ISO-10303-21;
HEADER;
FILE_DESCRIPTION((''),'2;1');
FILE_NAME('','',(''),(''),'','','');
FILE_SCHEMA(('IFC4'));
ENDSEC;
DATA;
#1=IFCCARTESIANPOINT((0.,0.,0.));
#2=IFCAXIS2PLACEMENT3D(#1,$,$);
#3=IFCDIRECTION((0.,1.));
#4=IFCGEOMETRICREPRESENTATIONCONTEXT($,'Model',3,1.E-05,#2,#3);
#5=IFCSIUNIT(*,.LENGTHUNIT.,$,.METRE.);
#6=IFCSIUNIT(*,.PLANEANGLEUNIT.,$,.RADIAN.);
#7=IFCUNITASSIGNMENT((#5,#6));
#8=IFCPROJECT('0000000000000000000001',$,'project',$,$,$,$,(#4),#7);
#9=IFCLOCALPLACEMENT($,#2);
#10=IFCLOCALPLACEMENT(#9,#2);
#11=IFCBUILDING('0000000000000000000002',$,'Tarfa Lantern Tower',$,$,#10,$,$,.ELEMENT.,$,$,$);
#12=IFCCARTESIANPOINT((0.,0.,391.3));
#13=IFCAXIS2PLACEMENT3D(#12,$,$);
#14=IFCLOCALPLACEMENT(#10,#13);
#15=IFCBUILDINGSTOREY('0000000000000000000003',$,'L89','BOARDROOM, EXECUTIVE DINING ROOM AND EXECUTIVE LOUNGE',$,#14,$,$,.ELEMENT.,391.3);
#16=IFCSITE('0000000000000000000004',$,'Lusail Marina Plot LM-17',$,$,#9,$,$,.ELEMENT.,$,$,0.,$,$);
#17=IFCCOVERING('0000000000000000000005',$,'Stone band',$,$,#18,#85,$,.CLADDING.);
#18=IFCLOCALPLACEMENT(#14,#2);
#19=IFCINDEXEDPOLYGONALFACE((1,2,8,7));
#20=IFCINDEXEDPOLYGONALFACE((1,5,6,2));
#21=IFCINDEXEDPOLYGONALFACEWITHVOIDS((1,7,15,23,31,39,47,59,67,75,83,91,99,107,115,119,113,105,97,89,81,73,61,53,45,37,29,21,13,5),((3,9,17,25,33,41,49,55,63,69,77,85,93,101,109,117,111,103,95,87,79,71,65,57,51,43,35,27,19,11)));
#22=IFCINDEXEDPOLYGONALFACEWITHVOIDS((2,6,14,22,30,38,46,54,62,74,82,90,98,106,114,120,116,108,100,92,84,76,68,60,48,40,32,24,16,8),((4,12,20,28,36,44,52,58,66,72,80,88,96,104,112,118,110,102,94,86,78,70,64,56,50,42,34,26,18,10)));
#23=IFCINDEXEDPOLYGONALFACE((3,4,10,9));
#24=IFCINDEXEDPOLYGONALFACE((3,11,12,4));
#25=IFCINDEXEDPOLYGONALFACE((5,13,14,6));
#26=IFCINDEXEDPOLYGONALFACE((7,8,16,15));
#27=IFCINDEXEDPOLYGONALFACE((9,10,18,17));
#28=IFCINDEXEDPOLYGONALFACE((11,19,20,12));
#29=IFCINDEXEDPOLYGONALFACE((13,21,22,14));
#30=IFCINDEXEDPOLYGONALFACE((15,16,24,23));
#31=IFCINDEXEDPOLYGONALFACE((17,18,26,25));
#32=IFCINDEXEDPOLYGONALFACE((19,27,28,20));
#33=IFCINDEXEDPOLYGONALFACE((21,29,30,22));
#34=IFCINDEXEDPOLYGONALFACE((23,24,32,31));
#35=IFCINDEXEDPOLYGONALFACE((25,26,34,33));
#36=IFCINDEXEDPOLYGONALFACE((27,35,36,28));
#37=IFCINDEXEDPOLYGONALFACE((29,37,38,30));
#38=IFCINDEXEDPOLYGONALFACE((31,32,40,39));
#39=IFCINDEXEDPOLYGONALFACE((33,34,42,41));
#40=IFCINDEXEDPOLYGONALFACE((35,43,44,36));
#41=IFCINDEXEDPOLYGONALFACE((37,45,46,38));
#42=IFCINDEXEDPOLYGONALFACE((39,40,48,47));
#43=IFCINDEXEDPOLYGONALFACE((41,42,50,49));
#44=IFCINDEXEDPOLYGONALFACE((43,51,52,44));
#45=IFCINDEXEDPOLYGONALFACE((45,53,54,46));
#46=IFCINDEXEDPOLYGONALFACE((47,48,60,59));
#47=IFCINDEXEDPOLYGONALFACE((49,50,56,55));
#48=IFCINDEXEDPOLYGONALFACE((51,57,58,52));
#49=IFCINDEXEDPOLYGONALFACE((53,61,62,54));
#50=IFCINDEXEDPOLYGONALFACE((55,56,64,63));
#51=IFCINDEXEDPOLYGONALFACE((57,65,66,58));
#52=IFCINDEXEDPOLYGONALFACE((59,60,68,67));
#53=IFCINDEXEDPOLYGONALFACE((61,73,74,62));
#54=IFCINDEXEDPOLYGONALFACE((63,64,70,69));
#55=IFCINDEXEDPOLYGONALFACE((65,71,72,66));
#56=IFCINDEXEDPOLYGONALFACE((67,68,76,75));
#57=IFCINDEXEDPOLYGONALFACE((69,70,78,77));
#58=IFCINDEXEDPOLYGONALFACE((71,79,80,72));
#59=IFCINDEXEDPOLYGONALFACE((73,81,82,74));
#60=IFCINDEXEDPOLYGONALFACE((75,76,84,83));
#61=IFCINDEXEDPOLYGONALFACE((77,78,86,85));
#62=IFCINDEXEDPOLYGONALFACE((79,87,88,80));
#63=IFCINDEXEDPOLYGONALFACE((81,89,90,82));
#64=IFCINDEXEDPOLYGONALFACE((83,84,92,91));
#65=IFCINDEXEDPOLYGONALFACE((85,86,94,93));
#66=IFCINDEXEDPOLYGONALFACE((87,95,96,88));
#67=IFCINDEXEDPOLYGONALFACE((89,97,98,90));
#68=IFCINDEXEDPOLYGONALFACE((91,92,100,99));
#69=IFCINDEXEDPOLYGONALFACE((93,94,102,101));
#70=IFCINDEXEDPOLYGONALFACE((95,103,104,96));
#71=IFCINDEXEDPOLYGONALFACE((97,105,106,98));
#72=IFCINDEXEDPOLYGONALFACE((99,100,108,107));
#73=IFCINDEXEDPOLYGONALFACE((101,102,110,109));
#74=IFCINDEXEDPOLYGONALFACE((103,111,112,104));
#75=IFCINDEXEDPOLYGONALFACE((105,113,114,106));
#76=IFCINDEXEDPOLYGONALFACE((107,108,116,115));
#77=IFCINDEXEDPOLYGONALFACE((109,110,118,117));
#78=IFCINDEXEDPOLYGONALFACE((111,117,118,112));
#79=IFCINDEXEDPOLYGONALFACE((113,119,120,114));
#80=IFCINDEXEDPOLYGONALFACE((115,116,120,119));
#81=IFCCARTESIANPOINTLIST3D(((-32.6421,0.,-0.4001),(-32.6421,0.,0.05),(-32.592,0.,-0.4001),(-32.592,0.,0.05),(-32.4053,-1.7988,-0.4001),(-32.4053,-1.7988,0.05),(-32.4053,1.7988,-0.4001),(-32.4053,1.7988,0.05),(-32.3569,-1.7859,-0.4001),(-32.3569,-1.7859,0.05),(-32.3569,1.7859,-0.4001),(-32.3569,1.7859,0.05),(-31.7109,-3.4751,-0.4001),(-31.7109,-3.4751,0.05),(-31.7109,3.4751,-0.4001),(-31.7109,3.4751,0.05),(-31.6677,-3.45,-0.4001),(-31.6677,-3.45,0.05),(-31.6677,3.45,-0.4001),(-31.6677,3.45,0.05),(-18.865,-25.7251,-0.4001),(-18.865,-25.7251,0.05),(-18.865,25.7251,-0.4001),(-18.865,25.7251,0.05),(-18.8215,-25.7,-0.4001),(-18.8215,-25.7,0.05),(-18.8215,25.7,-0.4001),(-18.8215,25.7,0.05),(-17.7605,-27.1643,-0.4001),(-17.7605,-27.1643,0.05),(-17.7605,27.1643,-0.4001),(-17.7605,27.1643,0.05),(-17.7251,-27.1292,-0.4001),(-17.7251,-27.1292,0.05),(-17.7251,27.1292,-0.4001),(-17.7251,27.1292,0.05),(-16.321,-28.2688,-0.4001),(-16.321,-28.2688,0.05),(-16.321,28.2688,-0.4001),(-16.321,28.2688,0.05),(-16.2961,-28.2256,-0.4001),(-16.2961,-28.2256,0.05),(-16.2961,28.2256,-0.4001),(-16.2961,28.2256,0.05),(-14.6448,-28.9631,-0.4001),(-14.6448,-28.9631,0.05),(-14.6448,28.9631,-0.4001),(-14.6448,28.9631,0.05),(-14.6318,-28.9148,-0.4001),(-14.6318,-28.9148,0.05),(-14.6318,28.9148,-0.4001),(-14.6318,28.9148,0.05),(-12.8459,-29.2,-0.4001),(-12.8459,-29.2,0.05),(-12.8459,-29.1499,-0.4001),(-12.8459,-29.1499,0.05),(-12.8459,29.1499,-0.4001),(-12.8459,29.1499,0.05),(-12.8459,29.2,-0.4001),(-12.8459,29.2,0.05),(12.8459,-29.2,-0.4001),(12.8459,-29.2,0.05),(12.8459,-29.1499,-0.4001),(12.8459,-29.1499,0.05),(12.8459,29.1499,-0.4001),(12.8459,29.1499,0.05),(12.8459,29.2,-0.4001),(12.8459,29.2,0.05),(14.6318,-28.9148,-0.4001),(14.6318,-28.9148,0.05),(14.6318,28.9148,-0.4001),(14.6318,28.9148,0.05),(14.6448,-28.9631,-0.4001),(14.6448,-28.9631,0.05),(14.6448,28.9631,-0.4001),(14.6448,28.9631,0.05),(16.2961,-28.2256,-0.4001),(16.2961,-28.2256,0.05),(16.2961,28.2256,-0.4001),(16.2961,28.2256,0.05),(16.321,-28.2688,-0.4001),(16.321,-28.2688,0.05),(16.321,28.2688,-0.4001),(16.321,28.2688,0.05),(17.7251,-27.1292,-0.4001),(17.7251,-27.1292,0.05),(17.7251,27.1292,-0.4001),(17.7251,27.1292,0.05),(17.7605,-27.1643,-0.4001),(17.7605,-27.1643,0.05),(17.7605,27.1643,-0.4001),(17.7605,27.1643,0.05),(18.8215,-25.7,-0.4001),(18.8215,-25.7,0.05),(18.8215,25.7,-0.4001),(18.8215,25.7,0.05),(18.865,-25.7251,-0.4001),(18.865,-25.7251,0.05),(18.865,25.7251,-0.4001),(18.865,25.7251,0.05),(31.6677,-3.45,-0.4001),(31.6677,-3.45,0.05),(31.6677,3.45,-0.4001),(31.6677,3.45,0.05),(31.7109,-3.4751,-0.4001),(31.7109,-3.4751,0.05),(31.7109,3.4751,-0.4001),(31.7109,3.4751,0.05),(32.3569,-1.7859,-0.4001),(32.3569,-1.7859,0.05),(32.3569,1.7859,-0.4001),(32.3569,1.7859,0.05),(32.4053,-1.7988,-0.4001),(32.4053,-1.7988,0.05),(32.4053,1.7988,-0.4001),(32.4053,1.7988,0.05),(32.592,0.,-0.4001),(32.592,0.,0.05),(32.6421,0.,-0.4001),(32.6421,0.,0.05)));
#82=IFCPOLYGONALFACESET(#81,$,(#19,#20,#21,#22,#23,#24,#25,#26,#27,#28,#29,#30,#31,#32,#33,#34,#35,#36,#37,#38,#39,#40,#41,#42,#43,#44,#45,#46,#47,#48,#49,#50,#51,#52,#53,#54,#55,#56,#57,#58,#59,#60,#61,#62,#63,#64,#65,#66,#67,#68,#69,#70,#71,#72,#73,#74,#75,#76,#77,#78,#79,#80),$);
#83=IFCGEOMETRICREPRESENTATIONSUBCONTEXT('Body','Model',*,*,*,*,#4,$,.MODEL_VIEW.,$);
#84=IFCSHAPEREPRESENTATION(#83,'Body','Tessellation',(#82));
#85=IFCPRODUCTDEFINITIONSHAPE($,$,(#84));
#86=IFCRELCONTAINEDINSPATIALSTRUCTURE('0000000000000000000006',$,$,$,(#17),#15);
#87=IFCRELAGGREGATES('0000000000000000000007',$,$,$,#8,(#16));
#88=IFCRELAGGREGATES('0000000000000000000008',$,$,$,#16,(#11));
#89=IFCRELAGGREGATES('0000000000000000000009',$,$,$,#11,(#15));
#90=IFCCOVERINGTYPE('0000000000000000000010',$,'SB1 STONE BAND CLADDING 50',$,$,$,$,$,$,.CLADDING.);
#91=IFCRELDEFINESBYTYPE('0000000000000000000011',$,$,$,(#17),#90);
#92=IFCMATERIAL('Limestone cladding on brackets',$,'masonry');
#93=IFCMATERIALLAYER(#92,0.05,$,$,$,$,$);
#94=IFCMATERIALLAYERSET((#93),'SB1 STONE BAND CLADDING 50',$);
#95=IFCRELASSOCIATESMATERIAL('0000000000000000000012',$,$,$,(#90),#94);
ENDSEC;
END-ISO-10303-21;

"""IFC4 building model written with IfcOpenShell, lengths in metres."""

from ifc_helpers import new_model, si_unit, direction, frame, origin, place, context, subcontext, project, spatial, polyline, outline, extrude, material, layer, layer_set, type_object, element, save


model = new_model("IFC4")

# Units and contexts
model_context = context("Model", 3, precision=1e-05, world=origin(), true_north=direction((0.0, 1.0)))
body_context = subcontext(model_context, "Body", "Model", "MODEL_VIEW")
ifc_project = project(units=[si_unit("LENGTHUNIT", "METRE"), si_unit("PLANEANGLEUNIT", "RADIAN")], contexts=[model_context])

# Site, building, storey
site_placement = place(None, origin())
site = spatial("IfcSite", under=ifc_project, at=site_placement, Name="Lusail Marina Plot LM-17", CompositionType="ELEMENT", RefElevation=0.0)
building_placement = place(site_placement, origin())
building = spatial("IfcBuilding", under=site, at=building_placement, Name="Tarfa Lantern Tower", CompositionType="ELEMENT")
storey_placement = place(building_placement, frame((0.0, 0.0, 391.3)))
storey = spatial("IfcBuildingStorey", under=building, at=storey_placement, Name="L89", Description="BOARDROOM, EXECUTIVE DINING ROOM AND EXECUTIVE LOUNGE", CompositionType="ELEMENT", Elevation=391.3)

# Covering
ifc_material_1 = material(Name="Limestone cladding on brackets", Category="masonry")
ifc_layer_1 = layer(ifc_material_1, 0.05)
ifc_layer_set_1 = layer_set([ifc_layer_1], Name="SB1 STONE BAND CLADDING 50")
covering_type_1 = type_object("IfcCoveringType", Name="SB1 STONE BAND CLADDING 50", PredefinedType="CLADDING", material=ifc_layer_set_1)
covering_1_placement = place(storey_placement, frame((0.0, 0.0, -0.4001)))
element("IfcCovering", 1, at=covering_1_placement, inside=storey, type_object=covering_type_1, Name="Stone band", PredefinedType="CLADDING", context=body_context, shape_type="SweptSolid", body=[
    extrude(outline(polyline([(31.7109, 3.4751), (18.865, 25.7251), (17.7605, 27.1643), (16.321, 28.2688), (14.6448, 28.9631), (12.8459, 29.2), (-12.8459, 29.2), (-14.6448, 28.9631), (-16.321, 28.2688), (-17.7605, 27.1643), (-18.865, 25.7251), (-31.7109, 3.4751), (-32.4053, 1.7988), (-32.6421, 0.0), (-32.4053, -1.7988), (-31.7109, -3.4751), (-18.865, -25.7251), (-17.7605, -27.1643), (-16.321, -28.2688), (-14.6448, -28.9631), (-12.8459, -29.2), (12.8459, -29.2), (14.6448, -28.9631), (16.321, -28.2688), (17.7605, -27.1643), (18.865, -25.7251), (31.7109, -3.4751), (32.4053, -1.7988), (32.6421, 0.0), (32.4053, 1.7988), (31.7109, 3.4751)]), holes=[polyline([(31.6677, 3.45), (18.8215, 25.7), (17.7251, 27.1292), (16.2961, 28.2256), (14.6318, 28.9148), (12.8459, 29.1499), (-12.8459, 29.1499), (-14.6318, 28.9148), (-16.2961, 28.2256), (-17.7251, 27.1292), (-18.8215, 25.7), (-31.6677, 3.45), (-32.3569, 1.7859), (-32.592, 0.0), (-32.3569, -1.7859), (-31.6677, -3.45), (-18.8215, -25.7), (-17.7251, -27.1292), (-16.2961, -28.2256), (-14.6318, -28.9148), (-12.8459, -29.1499), (12.8459, -29.1499), (14.6318, -28.9148), (16.2961, -28.2256), (17.7251, -27.1292), (18.8215, -25.7), (31.6677, -3.45), (32.3569, -1.7859), (32.592, 0.0), (32.3569, 1.7859), (31.6677, 3.45)])]), origin(), (0.0, 0.0, 1.0), 0.4502),
])

save(model, "model.ifc")
